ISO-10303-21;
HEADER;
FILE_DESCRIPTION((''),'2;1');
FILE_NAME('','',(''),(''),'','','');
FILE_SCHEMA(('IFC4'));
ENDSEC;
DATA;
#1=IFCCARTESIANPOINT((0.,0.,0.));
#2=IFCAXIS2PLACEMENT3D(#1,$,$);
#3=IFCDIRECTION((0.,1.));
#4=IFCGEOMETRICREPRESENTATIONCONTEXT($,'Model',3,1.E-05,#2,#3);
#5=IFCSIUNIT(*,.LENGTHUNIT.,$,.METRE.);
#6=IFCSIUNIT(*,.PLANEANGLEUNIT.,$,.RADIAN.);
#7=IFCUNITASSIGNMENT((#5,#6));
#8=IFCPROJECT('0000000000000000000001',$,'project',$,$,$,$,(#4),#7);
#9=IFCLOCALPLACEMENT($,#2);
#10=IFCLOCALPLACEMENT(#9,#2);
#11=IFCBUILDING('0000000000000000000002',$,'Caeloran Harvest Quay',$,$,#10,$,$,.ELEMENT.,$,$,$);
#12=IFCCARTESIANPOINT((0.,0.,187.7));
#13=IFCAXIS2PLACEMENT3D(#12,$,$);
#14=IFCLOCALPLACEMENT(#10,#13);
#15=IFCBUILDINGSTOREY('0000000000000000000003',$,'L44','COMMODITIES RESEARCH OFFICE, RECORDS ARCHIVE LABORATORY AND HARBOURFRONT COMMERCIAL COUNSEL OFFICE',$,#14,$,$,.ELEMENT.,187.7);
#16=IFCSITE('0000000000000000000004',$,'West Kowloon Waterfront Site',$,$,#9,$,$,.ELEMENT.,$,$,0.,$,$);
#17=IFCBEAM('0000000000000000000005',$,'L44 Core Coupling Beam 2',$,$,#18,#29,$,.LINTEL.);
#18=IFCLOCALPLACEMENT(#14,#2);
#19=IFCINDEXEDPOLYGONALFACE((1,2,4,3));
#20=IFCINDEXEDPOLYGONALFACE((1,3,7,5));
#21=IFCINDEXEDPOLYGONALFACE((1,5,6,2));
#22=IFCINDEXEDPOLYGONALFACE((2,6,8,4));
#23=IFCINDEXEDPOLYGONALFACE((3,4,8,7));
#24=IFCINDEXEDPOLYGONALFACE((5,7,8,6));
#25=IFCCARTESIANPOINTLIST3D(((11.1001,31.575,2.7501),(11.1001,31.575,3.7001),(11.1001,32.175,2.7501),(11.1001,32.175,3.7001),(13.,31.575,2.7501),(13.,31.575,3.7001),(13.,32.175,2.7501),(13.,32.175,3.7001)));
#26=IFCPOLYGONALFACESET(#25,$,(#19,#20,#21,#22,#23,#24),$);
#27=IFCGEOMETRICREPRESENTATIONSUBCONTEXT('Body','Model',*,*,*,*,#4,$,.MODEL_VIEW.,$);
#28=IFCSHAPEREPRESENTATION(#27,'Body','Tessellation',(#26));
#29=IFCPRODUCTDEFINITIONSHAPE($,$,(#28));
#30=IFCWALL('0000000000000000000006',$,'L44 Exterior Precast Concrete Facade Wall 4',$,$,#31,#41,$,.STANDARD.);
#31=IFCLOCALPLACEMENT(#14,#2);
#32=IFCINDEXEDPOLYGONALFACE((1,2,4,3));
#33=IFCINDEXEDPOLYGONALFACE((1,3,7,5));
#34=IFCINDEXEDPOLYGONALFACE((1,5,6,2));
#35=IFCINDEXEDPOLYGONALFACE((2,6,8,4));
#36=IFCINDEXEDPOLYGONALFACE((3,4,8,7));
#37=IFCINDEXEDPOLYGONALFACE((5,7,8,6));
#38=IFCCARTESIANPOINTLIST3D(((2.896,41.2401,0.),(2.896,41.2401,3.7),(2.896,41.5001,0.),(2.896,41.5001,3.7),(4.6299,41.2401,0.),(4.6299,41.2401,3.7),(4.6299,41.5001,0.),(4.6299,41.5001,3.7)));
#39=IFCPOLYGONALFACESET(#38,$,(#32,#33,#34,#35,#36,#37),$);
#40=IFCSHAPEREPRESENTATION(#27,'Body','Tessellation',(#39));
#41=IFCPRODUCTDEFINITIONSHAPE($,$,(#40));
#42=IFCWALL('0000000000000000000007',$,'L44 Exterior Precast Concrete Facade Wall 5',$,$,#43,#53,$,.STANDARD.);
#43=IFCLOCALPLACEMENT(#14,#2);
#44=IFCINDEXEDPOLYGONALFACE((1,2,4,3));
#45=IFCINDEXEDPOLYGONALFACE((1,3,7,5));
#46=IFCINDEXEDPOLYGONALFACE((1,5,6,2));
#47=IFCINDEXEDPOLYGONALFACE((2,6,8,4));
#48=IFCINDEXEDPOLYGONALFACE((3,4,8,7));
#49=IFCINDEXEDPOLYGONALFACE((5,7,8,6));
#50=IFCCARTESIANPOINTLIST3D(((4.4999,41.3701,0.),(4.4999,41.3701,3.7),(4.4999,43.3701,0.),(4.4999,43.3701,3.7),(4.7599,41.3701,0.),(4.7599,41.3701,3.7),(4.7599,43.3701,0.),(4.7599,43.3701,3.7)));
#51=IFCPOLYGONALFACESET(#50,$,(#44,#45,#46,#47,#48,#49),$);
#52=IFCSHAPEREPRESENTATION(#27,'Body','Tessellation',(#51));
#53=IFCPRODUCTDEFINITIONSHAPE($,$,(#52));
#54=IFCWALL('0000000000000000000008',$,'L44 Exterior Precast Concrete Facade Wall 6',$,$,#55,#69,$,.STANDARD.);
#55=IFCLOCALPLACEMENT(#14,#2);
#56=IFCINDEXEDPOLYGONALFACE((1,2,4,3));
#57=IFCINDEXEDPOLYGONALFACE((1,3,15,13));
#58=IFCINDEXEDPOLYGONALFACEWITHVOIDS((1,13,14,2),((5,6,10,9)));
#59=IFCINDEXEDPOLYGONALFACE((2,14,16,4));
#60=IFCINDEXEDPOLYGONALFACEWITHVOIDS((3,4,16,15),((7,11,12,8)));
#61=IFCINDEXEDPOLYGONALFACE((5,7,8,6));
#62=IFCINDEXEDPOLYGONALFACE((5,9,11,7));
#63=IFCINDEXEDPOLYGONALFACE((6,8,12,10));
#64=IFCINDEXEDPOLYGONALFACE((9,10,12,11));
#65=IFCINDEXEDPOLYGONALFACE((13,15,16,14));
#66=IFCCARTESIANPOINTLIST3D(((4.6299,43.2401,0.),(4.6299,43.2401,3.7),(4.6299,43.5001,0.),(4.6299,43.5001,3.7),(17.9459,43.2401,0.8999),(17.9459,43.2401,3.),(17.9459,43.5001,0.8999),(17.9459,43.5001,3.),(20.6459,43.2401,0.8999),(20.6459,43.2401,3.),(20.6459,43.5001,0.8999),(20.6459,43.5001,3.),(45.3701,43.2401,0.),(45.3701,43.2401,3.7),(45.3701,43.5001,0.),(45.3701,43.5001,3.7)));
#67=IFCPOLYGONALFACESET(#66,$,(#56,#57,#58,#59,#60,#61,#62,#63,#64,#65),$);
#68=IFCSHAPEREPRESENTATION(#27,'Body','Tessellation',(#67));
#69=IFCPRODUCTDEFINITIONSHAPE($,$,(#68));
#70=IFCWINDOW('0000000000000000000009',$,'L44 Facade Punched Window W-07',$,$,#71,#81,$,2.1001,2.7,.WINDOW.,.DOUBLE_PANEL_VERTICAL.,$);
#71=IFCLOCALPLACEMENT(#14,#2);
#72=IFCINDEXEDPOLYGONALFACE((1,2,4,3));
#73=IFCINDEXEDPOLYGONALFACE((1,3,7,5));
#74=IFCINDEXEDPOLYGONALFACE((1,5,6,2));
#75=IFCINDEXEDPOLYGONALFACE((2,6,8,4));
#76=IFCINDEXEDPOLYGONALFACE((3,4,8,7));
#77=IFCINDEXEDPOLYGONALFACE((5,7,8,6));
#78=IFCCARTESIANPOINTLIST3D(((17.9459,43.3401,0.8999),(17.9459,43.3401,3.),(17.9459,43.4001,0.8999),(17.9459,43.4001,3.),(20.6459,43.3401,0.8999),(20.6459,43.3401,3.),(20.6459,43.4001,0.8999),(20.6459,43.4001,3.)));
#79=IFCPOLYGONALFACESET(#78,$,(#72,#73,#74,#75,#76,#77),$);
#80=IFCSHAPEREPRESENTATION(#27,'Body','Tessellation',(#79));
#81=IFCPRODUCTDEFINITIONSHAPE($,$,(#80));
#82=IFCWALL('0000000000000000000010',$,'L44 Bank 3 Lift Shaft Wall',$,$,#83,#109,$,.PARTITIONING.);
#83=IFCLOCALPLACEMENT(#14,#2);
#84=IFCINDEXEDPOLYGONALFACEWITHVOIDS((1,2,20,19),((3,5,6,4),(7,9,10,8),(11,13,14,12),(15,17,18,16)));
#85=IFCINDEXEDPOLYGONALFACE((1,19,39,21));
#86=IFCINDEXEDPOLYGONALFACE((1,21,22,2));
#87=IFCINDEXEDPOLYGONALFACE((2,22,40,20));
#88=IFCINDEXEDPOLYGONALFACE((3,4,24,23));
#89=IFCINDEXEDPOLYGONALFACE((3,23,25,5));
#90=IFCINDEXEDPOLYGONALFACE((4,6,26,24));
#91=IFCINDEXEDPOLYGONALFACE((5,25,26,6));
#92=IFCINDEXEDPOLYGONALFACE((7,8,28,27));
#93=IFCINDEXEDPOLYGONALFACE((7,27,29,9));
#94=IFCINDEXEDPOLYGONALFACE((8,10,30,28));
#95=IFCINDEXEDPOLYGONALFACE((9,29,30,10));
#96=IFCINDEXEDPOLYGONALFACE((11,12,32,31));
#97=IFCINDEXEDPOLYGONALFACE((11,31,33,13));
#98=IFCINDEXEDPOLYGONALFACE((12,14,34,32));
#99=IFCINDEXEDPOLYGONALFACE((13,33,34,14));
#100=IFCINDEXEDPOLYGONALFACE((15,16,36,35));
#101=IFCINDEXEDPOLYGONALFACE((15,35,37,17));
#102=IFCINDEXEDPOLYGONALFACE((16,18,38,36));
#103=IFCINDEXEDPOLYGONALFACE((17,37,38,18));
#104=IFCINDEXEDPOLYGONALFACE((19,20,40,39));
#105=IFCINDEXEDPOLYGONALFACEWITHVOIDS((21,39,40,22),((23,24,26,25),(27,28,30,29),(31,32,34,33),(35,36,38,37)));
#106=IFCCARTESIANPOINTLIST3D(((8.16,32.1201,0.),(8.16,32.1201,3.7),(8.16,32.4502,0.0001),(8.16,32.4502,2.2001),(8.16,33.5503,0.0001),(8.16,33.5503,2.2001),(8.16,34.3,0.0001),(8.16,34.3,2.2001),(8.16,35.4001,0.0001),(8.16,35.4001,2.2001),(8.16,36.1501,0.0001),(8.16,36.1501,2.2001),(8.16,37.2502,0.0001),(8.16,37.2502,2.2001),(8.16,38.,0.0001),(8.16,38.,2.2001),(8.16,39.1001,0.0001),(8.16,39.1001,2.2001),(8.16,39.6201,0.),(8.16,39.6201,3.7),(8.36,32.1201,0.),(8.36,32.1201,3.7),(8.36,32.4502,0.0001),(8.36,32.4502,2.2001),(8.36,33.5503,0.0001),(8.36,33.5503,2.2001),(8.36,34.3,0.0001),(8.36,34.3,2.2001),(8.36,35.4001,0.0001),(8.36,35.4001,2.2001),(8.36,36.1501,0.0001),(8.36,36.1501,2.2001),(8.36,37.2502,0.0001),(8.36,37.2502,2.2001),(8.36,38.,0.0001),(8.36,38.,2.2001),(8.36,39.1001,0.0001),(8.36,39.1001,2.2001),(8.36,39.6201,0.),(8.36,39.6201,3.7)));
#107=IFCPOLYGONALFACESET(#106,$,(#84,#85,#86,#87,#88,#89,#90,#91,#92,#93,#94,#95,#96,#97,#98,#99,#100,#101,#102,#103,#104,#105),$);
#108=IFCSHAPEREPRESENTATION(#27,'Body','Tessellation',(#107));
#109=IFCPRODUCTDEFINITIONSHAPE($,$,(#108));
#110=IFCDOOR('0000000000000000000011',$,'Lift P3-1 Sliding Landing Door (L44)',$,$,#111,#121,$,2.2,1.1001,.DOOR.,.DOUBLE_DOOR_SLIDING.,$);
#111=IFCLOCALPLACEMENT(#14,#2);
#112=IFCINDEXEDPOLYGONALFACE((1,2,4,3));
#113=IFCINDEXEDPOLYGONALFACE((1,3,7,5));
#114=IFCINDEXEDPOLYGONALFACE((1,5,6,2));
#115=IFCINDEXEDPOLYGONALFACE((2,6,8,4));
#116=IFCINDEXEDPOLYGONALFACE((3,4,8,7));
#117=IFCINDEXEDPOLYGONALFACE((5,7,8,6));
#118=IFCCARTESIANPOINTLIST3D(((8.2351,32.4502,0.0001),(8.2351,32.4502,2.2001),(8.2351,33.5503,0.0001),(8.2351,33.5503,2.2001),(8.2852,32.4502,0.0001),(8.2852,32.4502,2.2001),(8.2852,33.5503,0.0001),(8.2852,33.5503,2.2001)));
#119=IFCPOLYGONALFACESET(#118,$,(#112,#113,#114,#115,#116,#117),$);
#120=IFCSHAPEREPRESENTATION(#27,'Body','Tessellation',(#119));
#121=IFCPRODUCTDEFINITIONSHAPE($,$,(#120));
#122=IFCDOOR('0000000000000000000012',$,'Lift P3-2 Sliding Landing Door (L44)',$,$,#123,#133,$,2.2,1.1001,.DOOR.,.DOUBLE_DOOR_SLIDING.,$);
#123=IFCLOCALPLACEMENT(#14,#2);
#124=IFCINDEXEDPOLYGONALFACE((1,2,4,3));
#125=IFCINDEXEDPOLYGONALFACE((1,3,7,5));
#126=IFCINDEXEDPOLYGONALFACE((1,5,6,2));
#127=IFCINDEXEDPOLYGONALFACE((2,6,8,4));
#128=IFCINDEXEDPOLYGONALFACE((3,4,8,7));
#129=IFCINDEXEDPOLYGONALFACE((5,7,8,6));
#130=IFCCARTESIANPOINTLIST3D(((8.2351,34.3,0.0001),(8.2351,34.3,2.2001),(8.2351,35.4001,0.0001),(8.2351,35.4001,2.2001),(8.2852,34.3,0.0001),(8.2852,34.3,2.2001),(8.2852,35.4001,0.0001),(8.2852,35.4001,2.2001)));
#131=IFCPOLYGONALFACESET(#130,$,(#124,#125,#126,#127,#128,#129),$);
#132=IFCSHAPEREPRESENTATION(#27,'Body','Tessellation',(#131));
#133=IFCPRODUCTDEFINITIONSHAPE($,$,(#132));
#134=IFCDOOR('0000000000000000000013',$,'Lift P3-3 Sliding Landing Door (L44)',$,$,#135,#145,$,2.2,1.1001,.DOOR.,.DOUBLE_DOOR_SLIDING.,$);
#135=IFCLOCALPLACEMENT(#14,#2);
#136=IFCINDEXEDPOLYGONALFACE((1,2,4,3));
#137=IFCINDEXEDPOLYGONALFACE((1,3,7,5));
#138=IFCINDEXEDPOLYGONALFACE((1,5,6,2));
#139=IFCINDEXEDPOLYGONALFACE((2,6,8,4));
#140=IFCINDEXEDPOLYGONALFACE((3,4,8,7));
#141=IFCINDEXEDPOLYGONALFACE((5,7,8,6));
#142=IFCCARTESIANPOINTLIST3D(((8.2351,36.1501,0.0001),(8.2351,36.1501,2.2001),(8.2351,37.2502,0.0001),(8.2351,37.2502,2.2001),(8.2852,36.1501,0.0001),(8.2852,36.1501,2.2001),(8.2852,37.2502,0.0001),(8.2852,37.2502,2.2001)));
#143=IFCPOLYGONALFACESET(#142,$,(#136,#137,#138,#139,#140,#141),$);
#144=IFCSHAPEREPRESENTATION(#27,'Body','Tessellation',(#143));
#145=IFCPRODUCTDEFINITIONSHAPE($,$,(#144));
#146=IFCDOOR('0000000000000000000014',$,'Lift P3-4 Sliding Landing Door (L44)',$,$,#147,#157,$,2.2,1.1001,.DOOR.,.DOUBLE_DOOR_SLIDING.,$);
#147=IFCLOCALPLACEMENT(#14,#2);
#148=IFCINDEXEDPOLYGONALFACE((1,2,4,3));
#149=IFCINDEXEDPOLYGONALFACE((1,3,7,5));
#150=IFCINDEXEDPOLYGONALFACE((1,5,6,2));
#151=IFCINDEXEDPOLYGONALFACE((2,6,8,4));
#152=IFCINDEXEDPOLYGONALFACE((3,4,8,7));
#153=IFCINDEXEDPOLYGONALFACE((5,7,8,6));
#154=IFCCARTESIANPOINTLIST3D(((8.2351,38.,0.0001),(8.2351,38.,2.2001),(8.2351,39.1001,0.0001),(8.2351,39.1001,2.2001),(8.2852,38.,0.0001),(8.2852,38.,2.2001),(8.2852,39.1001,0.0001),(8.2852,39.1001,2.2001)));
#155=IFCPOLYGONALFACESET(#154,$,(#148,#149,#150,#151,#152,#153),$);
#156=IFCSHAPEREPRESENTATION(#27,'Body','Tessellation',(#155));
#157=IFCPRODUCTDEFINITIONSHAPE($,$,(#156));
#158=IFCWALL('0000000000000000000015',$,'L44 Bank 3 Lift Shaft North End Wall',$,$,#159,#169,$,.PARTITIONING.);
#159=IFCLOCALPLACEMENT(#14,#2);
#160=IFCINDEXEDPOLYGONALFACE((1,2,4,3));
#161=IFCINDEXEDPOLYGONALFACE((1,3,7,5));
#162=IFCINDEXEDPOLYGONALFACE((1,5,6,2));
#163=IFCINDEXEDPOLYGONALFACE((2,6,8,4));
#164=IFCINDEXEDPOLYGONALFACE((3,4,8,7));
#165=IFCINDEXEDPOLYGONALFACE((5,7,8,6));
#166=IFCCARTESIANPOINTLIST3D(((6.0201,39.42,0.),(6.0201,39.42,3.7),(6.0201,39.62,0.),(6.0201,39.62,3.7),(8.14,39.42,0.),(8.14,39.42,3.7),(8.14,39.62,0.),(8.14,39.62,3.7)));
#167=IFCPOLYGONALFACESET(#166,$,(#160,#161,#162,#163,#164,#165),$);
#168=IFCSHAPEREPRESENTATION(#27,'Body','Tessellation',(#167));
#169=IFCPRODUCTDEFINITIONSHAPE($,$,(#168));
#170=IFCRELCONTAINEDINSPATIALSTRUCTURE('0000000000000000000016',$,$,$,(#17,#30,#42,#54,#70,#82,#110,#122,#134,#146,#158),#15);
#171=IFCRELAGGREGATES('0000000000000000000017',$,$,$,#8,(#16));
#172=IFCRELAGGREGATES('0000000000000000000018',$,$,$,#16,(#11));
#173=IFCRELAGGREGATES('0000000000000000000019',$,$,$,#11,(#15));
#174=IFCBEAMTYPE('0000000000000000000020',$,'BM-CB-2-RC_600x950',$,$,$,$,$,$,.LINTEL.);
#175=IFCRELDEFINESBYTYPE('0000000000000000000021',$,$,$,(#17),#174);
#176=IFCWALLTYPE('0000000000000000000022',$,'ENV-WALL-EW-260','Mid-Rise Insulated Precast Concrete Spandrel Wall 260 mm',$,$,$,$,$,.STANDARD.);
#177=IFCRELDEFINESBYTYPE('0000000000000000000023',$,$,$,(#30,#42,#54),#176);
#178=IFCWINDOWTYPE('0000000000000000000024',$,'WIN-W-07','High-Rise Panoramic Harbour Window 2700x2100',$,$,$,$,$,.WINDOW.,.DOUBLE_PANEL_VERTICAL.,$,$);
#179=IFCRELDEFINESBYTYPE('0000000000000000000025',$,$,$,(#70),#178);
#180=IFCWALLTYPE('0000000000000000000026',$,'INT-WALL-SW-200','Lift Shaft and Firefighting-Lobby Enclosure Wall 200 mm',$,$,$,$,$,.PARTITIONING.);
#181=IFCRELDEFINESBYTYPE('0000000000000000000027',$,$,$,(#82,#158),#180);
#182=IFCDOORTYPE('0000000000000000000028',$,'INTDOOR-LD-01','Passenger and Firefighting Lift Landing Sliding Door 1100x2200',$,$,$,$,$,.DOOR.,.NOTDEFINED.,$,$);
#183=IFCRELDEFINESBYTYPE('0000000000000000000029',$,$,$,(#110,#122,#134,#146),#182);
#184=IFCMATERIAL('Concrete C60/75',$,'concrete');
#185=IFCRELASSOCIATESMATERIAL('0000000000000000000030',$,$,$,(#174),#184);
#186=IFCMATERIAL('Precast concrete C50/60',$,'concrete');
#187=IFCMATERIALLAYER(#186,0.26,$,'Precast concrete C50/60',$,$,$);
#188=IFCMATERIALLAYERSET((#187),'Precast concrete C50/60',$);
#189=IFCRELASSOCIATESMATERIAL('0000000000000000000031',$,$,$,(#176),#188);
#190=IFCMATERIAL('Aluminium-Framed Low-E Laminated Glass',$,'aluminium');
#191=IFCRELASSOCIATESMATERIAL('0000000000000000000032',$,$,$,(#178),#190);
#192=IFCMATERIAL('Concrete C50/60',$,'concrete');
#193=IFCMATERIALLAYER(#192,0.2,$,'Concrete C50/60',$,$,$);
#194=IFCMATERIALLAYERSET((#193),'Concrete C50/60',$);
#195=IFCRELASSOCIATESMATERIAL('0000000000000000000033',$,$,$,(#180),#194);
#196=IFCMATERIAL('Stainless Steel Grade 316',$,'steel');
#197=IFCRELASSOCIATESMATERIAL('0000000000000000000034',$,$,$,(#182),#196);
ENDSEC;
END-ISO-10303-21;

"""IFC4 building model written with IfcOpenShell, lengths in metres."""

from ifc_helpers import new_model, si_unit, direction, frame, frame_2d, origin, origin_2d, place, context, subcontext, project, spatial, rectangle, extrude, material, layer, layer_set, material_profile, profile_set, type_object, element, fill, save


model = new_model("IFC4")

# Units and contexts
model_context = context("Model", 3, precision=1e-05, world=origin(), true_north=direction((0.0, 1.0)))
body_context = subcontext(model_context, "Body", "Model", "MODEL_VIEW")
ifc_project = project(units=[si_unit("LENGTHUNIT", "METRE"), si_unit("PLANEANGLEUNIT", "RADIAN")], contexts=[model_context])

# Site, building, storey
site_placement = place(None, origin())
site = spatial("IfcSite", under=ifc_project, at=site_placement, Name="West Kowloon Waterfront Site", CompositionType="ELEMENT", RefElevation=0.0)
building_placement = place(site_placement, origin())
building = spatial("IfcBuilding", under=site, at=building_placement, Name="Caeloran Harvest Quay", CompositionType="ELEMENT")
storey_placement = place(building_placement, frame((0.0, 0.0, 187.7)))
storey = spatial("IfcBuildingStorey", under=building, at=storey_placement, Name="L44", Description="COMMODITIES RESEARCH OFFICE, RECORDS ARCHIVE LABORATORY AND HARBOURFRONT COMMERCIAL COUNSEL OFFICE", CompositionType="ELEMENT", Elevation=187.7)

# Beam
ifc_material_1 = material(Name="Concrete C60/75", Category="concrete")
ifc_material_profile = material_profile(ifc_material_1, rectangle(XDim=0.6001, YDim=0.95, at=origin_2d()), Name="RC 600x950")
ifc_profile_set = profile_set([ifc_material_profile], Name="Concrete C60/75")
beam_type = type_object("IfcBeamType", Name="BM-CB-2-RC_600x950", PredefinedType="LINTEL", material=ifc_profile_set)
beam_placement = place(storey_placement, frame((11.1001, 31.875, 3.2251), z_axis=(1.0, 0.0, 0.0), x_axis=(0.0, 1.0, 0.0)))
element("IfcBeam", 1, at=beam_placement, inside=storey, type_object=beam_type, Name="L44 Core Coupling Beam 2", PredefinedType="LINTEL", context=body_context, shape_type="SweptSolid", body=[
    extrude(rectangle(XDim=0.6001, YDim=0.95, at=origin_2d()), origin(), (0.0, 0.0, 1.0), 1.8999),
])

# Walls
ifc_material_2 = material(Name="Precast concrete C50/60", Category="concrete")
ifc_layer_1 = layer(ifc_material_2, 0.26, Name="Precast concrete C50/60")
ifc_layer_set_1 = layer_set([ifc_layer_1], Name="Precast concrete C50/60")
wall_type_1 = type_object("IfcWallType", Name="ENV-WALL-EW-260", Description="Mid-Rise Insulated Precast Concrete Spandrel Wall 260 mm", PredefinedType="STANDARD", material=ifc_layer_set_1)
wall_1_placement = place(storey_placement, frame((2.896, 41.3701, 0.0), z_axis=(0.0, 0.0, 1.0), x_axis=(1.0, 0.0, 0.0)))
element("IfcWall", 2, at=wall_1_placement, inside=storey, type_object=wall_type_1, Name="L44 Exterior Precast Concrete Facade Wall 4", PredefinedType="STANDARD", context=body_context, shape_type="SweptSolid", body=[
    extrude(rectangle(XDim=1.7339, YDim=0.26, at=frame_2d((0.8669, 0.0))), origin(), (0.0, 0.0, 1.0), 3.7),
])
wall_2_placement = place(storey_placement, frame((4.6299, 41.3701, 0.0), z_axis=(0.0, 0.0, 1.0), x_axis=(0.0, 1.0, 0.0)))
element("IfcWall", 3, at=wall_2_placement, inside=storey, type_object=wall_type_1, Name="L44 Exterior Precast Concrete Facade Wall 5", PredefinedType="STANDARD", context=body_context, shape_type="SweptSolid", body=[
    extrude(rectangle(XDim=2.0, YDim=0.26, at=frame_2d((1.0, 0.0))), origin(), (0.0, 0.0, 1.0), 3.7),
])

# Wall, opening, window
wall_3_placement = place(storey_placement, frame((4.6299, 43.3701, 0.0), z_axis=(0.0, 0.0, 1.0), x_axis=(1.0, 0.0, 0.0)))
wall_3 = element("IfcWall", 4, at=wall_3_placement, inside=storey, type_object=wall_type_1, Name="L44 Exterior Precast Concrete Facade Wall 6", PredefinedType="STANDARD", context=body_context, shape_type="SweptSolid", body=[
    extrude(rectangle(XDim=40.7402, YDim=0.26, at=frame_2d((20.3701, 0.0))), origin(), (0.0, 0.0, 1.0), 3.7),
])
opening_1_placement = place(wall_3_placement, frame((13.3159, 0.0, 0.8999)))
opening_1 = element("IfcOpeningElement", 5, at=opening_1_placement, cuts=wall_3, PredefinedType="OPENING", context=body_context, shape_type="SweptSolid", body=[
    extrude(rectangle(XDim=2.7, YDim=2.1001, at=frame_2d((1.3501, 1.05))), frame((0.0, 0.1401, 0.0), z_axis=(0.0, -1.0, 0.0), x_axis=(1.0, 0.0, 0.0)), (0.0, 0.0, 1.0), 0.28),
])
ifc_material_3 = material(Name="Aluminium-Framed Low-E Laminated Glass", Category="aluminium")
window_type = type_object("IfcWindowType", Name="WIN-W-07", Description="High-Rise Panoramic Harbour Window 2700x2100", PartitioningType="DOUBLE_PANEL_VERTICAL", PredefinedType="WINDOW", material=ifc_material_3)
window_placement = place(opening_1_placement, origin())
window = element("IfcWindow", 6, at=window_placement, inside=storey, type_object=window_type, Name="L44 Facade Punched Window W-07", OverallHeight=2.1001, OverallWidth=2.7, PartitioningType="DOUBLE_PANEL_VERTICAL", PredefinedType="WINDOW", context=body_context, shape_type="SweptSolid", body=[
    extrude(rectangle(XDim=2.7, YDim=2.1001, at=frame_2d((1.3501, 1.05))), frame((0.0, 0.03, 0.0), z_axis=(0.0, -1.0, 0.0), x_axis=(1.0, 0.0, 0.0)), (0.0, 0.0, 1.0), 0.0601),
])
fill(opening_1, window)

# Wall, openings, doors
ifc_material_4 = material(Name="Concrete C50/60", Category="concrete")
ifc_layer_2 = layer(ifc_material_4, 0.2, Name="Concrete C50/60")
ifc_layer_set_2 = layer_set([ifc_layer_2], Name="Concrete C50/60")
wall_type_2 = type_object("IfcWallType", Name="INT-WALL-SW-200", Description="Lift Shaft and Firefighting-Lobby Enclosure Wall 200 mm", PredefinedType="PARTITIONING", material=ifc_layer_set_2)
wall_4_placement = place(storey_placement, frame((8.26, 32.1201, 0.0), z_axis=(0.0, 0.0, 1.0), x_axis=(0.0, 1.0, 0.0)))
wall_4 = element("IfcWall", 7, at=wall_4_placement, inside=storey, type_object=wall_type_2, Name="L44 Bank 3 Lift Shaft Wall", PredefinedType="PARTITIONING", context=body_context, shape_type="SweptSolid", body=[
    extrude(rectangle(XDim=7.5, YDim=0.2, at=frame_2d((3.75, 0.0))), origin(), (0.0, 0.0, 1.0), 3.7),
])
opening_2_placement = place(wall_4_placement, frame((0.3301, 0.0, 0.0)))
opening_2 = element("IfcOpeningElement", 8, at=opening_2_placement, cuts=wall_4, PredefinedType="OPENING", context=body_context, shape_type="SweptSolid", body=[
    extrude(rectangle(XDim=1.1001, YDim=2.2, at=frame_2d((0.55, 1.1001))), frame((0.0, 0.1099, 0.0), z_axis=(0.0, -1.0, 0.0), x_axis=(1.0, 0.0, 0.0)), (0.0, 0.0, 1.0), 0.22),
])
opening_3_placement = place(wall_4_placement, frame((2.1799, 0.0, 0.0)))
opening_3 = element("IfcOpeningElement", 9, at=opening_3_placement, cuts=wall_4, PredefinedType="OPENING", context=body_context, shape_type="SweptSolid", body=[
    extrude(rectangle(XDim=1.1001, YDim=2.2, at=frame_2d((0.55, 1.1001))), frame((0.0, 0.1099, 0.0), z_axis=(0.0, -1.0, 0.0), x_axis=(1.0, 0.0, 0.0)), (0.0, 0.0, 1.0), 0.22),
])
opening_4_placement = place(wall_4_placement, frame((4.03, 0.0, 0.0)))
opening_4 = element("IfcOpeningElement", 10, at=opening_4_placement, cuts=wall_4, PredefinedType="OPENING", context=body_context, shape_type="SweptSolid", body=[
    extrude(rectangle(XDim=1.1001, YDim=2.2, at=frame_2d((0.55, 1.1001))), frame((0.0, 0.1099, 0.0), z_axis=(0.0, -1.0, 0.0), x_axis=(1.0, 0.0, 0.0)), (0.0, 0.0, 1.0), 0.22),
])
opening_5_placement = place(wall_4_placement, frame((5.8799, 0.0, 0.0)))
opening_5 = element("IfcOpeningElement", 11, at=opening_5_placement, cuts=wall_4, PredefinedType="OPENING", context=body_context, shape_type="SweptSolid", body=[
    extrude(rectangle(XDim=1.1001, YDim=2.2, at=frame_2d((0.55, 1.1001))), frame((0.0, 0.1099, 0.0), z_axis=(0.0, -1.0, 0.0), x_axis=(1.0, 0.0, 0.0)), (0.0, 0.0, 1.0), 0.22),
])
ifc_material_5 = material(Name="Stainless Steel Grade 316", Category="steel")
door_type_1 = type_object("IfcDoorType", Name="INTDOOR-LD-01", Description="Passenger and Firefighting Lift Landing Sliding Door 1100x2200", OperationType="NOTDEFINED", PredefinedType="DOOR", material=ifc_material_5)
door_1_placement = place(opening_2_placement, origin())
door_1 = element("IfcDoor", 12, at=door_1_placement, inside=storey, type_object=door_type_1, Name="Lift P3-1 Sliding Landing Door (L44)", OperationType="DOUBLE_DOOR_SLIDING", OverallHeight=2.2, OverallWidth=1.1001, PredefinedType="DOOR", context=body_context, shape_type="SweptSolid", body=[
    extrude(rectangle(XDim=1.1001, YDim=2.2, at=frame_2d((0.55, 1.1001))), frame((0.0, 0.0249, 0.0), z_axis=(0.0, -1.0, 0.0), x_axis=(1.0, 0.0, 0.0)), (0.0, 0.0, 1.0), 0.05),
])
fill(opening_2, door_1)
door_2_placement = place(opening_3_placement, origin())
door_2 = element("IfcDoor", 13, at=door_2_placement, inside=storey, type_object=door_type_1, Name="Lift P3-2 Sliding Landing Door (L44)", OperationType="DOUBLE_DOOR_SLIDING", OverallHeight=2.2, OverallWidth=1.1001, PredefinedType="DOOR", context=body_context, shape_type="SweptSolid", body=[
    extrude(rectangle(XDim=1.1001, YDim=2.2, at=frame_2d((0.55, 1.1001))), frame((0.0, 0.0249, 0.0), z_axis=(0.0, -1.0, 0.0), x_axis=(1.0, 0.0, 0.0)), (0.0, 0.0, 1.0), 0.05),
])
fill(opening_3, door_2)
door_3_placement = place(opening_4_placement, origin())
door_3 = element("IfcDoor", 14, at=door_3_placement, inside=storey, type_object=door_type_1, Name="Lift P3-3 Sliding Landing Door (L44)", OperationType="DOUBLE_DOOR_SLIDING", OverallHeight=2.2, OverallWidth=1.1001, PredefinedType="DOOR", context=body_context, shape_type="SweptSolid", body=[
    extrude(rectangle(XDim=1.1001, YDim=2.2, at=frame_2d((0.55, 1.1001))), frame((0.0, 0.0249, 0.0), z_axis=(0.0, -1.0, 0.0), x_axis=(1.0, 0.0, 0.0)), (0.0, 0.0, 1.0), 0.05),
])
fill(opening_4, door_3)
door_4_placement = place(opening_5_placement, origin())
door_4 = element("IfcDoor", 15, at=door_4_placement, inside=storey, type_object=door_type_1, Name="Lift P3-4 Sliding Landing Door (L44)", OperationType="DOUBLE_DOOR_SLIDING", OverallHeight=2.2, OverallWidth=1.1001, PredefinedType="DOOR", context=body_context, shape_type="SweptSolid", body=[
    extrude(rectangle(XDim=1.1001, YDim=2.2, at=frame_2d((0.55, 1.1001))), frame((0.0, 0.0249, 0.0), z_axis=(0.0, -1.0, 0.0), x_axis=(1.0, 0.0, 0.0)), (0.0, 0.0, 1.0), 0.05),
])
fill(opening_5, door_4)

# Wall
wall_5_placement = place(storey_placement, frame((6.02, 39.52, 0.0), z_axis=(0.0, 0.0, 1.0), x_axis=(1.0, 0.0, 0.0)))
element("IfcWall", 16, at=wall_5_placement, inside=storey, type_object=wall_type_2, Name="L44 Bank 3 Lift Shaft North End Wall", PredefinedType="PARTITIONING", context=body_context, shape_type="SweptSolid", body=[
    extrude(rectangle(XDim=2.1199, YDim=0.2, at=frame_2d((1.0601, 0.0))), origin(), (0.0, 0.0, 1.0), 3.7),
])

save(model, "model.ifc")
